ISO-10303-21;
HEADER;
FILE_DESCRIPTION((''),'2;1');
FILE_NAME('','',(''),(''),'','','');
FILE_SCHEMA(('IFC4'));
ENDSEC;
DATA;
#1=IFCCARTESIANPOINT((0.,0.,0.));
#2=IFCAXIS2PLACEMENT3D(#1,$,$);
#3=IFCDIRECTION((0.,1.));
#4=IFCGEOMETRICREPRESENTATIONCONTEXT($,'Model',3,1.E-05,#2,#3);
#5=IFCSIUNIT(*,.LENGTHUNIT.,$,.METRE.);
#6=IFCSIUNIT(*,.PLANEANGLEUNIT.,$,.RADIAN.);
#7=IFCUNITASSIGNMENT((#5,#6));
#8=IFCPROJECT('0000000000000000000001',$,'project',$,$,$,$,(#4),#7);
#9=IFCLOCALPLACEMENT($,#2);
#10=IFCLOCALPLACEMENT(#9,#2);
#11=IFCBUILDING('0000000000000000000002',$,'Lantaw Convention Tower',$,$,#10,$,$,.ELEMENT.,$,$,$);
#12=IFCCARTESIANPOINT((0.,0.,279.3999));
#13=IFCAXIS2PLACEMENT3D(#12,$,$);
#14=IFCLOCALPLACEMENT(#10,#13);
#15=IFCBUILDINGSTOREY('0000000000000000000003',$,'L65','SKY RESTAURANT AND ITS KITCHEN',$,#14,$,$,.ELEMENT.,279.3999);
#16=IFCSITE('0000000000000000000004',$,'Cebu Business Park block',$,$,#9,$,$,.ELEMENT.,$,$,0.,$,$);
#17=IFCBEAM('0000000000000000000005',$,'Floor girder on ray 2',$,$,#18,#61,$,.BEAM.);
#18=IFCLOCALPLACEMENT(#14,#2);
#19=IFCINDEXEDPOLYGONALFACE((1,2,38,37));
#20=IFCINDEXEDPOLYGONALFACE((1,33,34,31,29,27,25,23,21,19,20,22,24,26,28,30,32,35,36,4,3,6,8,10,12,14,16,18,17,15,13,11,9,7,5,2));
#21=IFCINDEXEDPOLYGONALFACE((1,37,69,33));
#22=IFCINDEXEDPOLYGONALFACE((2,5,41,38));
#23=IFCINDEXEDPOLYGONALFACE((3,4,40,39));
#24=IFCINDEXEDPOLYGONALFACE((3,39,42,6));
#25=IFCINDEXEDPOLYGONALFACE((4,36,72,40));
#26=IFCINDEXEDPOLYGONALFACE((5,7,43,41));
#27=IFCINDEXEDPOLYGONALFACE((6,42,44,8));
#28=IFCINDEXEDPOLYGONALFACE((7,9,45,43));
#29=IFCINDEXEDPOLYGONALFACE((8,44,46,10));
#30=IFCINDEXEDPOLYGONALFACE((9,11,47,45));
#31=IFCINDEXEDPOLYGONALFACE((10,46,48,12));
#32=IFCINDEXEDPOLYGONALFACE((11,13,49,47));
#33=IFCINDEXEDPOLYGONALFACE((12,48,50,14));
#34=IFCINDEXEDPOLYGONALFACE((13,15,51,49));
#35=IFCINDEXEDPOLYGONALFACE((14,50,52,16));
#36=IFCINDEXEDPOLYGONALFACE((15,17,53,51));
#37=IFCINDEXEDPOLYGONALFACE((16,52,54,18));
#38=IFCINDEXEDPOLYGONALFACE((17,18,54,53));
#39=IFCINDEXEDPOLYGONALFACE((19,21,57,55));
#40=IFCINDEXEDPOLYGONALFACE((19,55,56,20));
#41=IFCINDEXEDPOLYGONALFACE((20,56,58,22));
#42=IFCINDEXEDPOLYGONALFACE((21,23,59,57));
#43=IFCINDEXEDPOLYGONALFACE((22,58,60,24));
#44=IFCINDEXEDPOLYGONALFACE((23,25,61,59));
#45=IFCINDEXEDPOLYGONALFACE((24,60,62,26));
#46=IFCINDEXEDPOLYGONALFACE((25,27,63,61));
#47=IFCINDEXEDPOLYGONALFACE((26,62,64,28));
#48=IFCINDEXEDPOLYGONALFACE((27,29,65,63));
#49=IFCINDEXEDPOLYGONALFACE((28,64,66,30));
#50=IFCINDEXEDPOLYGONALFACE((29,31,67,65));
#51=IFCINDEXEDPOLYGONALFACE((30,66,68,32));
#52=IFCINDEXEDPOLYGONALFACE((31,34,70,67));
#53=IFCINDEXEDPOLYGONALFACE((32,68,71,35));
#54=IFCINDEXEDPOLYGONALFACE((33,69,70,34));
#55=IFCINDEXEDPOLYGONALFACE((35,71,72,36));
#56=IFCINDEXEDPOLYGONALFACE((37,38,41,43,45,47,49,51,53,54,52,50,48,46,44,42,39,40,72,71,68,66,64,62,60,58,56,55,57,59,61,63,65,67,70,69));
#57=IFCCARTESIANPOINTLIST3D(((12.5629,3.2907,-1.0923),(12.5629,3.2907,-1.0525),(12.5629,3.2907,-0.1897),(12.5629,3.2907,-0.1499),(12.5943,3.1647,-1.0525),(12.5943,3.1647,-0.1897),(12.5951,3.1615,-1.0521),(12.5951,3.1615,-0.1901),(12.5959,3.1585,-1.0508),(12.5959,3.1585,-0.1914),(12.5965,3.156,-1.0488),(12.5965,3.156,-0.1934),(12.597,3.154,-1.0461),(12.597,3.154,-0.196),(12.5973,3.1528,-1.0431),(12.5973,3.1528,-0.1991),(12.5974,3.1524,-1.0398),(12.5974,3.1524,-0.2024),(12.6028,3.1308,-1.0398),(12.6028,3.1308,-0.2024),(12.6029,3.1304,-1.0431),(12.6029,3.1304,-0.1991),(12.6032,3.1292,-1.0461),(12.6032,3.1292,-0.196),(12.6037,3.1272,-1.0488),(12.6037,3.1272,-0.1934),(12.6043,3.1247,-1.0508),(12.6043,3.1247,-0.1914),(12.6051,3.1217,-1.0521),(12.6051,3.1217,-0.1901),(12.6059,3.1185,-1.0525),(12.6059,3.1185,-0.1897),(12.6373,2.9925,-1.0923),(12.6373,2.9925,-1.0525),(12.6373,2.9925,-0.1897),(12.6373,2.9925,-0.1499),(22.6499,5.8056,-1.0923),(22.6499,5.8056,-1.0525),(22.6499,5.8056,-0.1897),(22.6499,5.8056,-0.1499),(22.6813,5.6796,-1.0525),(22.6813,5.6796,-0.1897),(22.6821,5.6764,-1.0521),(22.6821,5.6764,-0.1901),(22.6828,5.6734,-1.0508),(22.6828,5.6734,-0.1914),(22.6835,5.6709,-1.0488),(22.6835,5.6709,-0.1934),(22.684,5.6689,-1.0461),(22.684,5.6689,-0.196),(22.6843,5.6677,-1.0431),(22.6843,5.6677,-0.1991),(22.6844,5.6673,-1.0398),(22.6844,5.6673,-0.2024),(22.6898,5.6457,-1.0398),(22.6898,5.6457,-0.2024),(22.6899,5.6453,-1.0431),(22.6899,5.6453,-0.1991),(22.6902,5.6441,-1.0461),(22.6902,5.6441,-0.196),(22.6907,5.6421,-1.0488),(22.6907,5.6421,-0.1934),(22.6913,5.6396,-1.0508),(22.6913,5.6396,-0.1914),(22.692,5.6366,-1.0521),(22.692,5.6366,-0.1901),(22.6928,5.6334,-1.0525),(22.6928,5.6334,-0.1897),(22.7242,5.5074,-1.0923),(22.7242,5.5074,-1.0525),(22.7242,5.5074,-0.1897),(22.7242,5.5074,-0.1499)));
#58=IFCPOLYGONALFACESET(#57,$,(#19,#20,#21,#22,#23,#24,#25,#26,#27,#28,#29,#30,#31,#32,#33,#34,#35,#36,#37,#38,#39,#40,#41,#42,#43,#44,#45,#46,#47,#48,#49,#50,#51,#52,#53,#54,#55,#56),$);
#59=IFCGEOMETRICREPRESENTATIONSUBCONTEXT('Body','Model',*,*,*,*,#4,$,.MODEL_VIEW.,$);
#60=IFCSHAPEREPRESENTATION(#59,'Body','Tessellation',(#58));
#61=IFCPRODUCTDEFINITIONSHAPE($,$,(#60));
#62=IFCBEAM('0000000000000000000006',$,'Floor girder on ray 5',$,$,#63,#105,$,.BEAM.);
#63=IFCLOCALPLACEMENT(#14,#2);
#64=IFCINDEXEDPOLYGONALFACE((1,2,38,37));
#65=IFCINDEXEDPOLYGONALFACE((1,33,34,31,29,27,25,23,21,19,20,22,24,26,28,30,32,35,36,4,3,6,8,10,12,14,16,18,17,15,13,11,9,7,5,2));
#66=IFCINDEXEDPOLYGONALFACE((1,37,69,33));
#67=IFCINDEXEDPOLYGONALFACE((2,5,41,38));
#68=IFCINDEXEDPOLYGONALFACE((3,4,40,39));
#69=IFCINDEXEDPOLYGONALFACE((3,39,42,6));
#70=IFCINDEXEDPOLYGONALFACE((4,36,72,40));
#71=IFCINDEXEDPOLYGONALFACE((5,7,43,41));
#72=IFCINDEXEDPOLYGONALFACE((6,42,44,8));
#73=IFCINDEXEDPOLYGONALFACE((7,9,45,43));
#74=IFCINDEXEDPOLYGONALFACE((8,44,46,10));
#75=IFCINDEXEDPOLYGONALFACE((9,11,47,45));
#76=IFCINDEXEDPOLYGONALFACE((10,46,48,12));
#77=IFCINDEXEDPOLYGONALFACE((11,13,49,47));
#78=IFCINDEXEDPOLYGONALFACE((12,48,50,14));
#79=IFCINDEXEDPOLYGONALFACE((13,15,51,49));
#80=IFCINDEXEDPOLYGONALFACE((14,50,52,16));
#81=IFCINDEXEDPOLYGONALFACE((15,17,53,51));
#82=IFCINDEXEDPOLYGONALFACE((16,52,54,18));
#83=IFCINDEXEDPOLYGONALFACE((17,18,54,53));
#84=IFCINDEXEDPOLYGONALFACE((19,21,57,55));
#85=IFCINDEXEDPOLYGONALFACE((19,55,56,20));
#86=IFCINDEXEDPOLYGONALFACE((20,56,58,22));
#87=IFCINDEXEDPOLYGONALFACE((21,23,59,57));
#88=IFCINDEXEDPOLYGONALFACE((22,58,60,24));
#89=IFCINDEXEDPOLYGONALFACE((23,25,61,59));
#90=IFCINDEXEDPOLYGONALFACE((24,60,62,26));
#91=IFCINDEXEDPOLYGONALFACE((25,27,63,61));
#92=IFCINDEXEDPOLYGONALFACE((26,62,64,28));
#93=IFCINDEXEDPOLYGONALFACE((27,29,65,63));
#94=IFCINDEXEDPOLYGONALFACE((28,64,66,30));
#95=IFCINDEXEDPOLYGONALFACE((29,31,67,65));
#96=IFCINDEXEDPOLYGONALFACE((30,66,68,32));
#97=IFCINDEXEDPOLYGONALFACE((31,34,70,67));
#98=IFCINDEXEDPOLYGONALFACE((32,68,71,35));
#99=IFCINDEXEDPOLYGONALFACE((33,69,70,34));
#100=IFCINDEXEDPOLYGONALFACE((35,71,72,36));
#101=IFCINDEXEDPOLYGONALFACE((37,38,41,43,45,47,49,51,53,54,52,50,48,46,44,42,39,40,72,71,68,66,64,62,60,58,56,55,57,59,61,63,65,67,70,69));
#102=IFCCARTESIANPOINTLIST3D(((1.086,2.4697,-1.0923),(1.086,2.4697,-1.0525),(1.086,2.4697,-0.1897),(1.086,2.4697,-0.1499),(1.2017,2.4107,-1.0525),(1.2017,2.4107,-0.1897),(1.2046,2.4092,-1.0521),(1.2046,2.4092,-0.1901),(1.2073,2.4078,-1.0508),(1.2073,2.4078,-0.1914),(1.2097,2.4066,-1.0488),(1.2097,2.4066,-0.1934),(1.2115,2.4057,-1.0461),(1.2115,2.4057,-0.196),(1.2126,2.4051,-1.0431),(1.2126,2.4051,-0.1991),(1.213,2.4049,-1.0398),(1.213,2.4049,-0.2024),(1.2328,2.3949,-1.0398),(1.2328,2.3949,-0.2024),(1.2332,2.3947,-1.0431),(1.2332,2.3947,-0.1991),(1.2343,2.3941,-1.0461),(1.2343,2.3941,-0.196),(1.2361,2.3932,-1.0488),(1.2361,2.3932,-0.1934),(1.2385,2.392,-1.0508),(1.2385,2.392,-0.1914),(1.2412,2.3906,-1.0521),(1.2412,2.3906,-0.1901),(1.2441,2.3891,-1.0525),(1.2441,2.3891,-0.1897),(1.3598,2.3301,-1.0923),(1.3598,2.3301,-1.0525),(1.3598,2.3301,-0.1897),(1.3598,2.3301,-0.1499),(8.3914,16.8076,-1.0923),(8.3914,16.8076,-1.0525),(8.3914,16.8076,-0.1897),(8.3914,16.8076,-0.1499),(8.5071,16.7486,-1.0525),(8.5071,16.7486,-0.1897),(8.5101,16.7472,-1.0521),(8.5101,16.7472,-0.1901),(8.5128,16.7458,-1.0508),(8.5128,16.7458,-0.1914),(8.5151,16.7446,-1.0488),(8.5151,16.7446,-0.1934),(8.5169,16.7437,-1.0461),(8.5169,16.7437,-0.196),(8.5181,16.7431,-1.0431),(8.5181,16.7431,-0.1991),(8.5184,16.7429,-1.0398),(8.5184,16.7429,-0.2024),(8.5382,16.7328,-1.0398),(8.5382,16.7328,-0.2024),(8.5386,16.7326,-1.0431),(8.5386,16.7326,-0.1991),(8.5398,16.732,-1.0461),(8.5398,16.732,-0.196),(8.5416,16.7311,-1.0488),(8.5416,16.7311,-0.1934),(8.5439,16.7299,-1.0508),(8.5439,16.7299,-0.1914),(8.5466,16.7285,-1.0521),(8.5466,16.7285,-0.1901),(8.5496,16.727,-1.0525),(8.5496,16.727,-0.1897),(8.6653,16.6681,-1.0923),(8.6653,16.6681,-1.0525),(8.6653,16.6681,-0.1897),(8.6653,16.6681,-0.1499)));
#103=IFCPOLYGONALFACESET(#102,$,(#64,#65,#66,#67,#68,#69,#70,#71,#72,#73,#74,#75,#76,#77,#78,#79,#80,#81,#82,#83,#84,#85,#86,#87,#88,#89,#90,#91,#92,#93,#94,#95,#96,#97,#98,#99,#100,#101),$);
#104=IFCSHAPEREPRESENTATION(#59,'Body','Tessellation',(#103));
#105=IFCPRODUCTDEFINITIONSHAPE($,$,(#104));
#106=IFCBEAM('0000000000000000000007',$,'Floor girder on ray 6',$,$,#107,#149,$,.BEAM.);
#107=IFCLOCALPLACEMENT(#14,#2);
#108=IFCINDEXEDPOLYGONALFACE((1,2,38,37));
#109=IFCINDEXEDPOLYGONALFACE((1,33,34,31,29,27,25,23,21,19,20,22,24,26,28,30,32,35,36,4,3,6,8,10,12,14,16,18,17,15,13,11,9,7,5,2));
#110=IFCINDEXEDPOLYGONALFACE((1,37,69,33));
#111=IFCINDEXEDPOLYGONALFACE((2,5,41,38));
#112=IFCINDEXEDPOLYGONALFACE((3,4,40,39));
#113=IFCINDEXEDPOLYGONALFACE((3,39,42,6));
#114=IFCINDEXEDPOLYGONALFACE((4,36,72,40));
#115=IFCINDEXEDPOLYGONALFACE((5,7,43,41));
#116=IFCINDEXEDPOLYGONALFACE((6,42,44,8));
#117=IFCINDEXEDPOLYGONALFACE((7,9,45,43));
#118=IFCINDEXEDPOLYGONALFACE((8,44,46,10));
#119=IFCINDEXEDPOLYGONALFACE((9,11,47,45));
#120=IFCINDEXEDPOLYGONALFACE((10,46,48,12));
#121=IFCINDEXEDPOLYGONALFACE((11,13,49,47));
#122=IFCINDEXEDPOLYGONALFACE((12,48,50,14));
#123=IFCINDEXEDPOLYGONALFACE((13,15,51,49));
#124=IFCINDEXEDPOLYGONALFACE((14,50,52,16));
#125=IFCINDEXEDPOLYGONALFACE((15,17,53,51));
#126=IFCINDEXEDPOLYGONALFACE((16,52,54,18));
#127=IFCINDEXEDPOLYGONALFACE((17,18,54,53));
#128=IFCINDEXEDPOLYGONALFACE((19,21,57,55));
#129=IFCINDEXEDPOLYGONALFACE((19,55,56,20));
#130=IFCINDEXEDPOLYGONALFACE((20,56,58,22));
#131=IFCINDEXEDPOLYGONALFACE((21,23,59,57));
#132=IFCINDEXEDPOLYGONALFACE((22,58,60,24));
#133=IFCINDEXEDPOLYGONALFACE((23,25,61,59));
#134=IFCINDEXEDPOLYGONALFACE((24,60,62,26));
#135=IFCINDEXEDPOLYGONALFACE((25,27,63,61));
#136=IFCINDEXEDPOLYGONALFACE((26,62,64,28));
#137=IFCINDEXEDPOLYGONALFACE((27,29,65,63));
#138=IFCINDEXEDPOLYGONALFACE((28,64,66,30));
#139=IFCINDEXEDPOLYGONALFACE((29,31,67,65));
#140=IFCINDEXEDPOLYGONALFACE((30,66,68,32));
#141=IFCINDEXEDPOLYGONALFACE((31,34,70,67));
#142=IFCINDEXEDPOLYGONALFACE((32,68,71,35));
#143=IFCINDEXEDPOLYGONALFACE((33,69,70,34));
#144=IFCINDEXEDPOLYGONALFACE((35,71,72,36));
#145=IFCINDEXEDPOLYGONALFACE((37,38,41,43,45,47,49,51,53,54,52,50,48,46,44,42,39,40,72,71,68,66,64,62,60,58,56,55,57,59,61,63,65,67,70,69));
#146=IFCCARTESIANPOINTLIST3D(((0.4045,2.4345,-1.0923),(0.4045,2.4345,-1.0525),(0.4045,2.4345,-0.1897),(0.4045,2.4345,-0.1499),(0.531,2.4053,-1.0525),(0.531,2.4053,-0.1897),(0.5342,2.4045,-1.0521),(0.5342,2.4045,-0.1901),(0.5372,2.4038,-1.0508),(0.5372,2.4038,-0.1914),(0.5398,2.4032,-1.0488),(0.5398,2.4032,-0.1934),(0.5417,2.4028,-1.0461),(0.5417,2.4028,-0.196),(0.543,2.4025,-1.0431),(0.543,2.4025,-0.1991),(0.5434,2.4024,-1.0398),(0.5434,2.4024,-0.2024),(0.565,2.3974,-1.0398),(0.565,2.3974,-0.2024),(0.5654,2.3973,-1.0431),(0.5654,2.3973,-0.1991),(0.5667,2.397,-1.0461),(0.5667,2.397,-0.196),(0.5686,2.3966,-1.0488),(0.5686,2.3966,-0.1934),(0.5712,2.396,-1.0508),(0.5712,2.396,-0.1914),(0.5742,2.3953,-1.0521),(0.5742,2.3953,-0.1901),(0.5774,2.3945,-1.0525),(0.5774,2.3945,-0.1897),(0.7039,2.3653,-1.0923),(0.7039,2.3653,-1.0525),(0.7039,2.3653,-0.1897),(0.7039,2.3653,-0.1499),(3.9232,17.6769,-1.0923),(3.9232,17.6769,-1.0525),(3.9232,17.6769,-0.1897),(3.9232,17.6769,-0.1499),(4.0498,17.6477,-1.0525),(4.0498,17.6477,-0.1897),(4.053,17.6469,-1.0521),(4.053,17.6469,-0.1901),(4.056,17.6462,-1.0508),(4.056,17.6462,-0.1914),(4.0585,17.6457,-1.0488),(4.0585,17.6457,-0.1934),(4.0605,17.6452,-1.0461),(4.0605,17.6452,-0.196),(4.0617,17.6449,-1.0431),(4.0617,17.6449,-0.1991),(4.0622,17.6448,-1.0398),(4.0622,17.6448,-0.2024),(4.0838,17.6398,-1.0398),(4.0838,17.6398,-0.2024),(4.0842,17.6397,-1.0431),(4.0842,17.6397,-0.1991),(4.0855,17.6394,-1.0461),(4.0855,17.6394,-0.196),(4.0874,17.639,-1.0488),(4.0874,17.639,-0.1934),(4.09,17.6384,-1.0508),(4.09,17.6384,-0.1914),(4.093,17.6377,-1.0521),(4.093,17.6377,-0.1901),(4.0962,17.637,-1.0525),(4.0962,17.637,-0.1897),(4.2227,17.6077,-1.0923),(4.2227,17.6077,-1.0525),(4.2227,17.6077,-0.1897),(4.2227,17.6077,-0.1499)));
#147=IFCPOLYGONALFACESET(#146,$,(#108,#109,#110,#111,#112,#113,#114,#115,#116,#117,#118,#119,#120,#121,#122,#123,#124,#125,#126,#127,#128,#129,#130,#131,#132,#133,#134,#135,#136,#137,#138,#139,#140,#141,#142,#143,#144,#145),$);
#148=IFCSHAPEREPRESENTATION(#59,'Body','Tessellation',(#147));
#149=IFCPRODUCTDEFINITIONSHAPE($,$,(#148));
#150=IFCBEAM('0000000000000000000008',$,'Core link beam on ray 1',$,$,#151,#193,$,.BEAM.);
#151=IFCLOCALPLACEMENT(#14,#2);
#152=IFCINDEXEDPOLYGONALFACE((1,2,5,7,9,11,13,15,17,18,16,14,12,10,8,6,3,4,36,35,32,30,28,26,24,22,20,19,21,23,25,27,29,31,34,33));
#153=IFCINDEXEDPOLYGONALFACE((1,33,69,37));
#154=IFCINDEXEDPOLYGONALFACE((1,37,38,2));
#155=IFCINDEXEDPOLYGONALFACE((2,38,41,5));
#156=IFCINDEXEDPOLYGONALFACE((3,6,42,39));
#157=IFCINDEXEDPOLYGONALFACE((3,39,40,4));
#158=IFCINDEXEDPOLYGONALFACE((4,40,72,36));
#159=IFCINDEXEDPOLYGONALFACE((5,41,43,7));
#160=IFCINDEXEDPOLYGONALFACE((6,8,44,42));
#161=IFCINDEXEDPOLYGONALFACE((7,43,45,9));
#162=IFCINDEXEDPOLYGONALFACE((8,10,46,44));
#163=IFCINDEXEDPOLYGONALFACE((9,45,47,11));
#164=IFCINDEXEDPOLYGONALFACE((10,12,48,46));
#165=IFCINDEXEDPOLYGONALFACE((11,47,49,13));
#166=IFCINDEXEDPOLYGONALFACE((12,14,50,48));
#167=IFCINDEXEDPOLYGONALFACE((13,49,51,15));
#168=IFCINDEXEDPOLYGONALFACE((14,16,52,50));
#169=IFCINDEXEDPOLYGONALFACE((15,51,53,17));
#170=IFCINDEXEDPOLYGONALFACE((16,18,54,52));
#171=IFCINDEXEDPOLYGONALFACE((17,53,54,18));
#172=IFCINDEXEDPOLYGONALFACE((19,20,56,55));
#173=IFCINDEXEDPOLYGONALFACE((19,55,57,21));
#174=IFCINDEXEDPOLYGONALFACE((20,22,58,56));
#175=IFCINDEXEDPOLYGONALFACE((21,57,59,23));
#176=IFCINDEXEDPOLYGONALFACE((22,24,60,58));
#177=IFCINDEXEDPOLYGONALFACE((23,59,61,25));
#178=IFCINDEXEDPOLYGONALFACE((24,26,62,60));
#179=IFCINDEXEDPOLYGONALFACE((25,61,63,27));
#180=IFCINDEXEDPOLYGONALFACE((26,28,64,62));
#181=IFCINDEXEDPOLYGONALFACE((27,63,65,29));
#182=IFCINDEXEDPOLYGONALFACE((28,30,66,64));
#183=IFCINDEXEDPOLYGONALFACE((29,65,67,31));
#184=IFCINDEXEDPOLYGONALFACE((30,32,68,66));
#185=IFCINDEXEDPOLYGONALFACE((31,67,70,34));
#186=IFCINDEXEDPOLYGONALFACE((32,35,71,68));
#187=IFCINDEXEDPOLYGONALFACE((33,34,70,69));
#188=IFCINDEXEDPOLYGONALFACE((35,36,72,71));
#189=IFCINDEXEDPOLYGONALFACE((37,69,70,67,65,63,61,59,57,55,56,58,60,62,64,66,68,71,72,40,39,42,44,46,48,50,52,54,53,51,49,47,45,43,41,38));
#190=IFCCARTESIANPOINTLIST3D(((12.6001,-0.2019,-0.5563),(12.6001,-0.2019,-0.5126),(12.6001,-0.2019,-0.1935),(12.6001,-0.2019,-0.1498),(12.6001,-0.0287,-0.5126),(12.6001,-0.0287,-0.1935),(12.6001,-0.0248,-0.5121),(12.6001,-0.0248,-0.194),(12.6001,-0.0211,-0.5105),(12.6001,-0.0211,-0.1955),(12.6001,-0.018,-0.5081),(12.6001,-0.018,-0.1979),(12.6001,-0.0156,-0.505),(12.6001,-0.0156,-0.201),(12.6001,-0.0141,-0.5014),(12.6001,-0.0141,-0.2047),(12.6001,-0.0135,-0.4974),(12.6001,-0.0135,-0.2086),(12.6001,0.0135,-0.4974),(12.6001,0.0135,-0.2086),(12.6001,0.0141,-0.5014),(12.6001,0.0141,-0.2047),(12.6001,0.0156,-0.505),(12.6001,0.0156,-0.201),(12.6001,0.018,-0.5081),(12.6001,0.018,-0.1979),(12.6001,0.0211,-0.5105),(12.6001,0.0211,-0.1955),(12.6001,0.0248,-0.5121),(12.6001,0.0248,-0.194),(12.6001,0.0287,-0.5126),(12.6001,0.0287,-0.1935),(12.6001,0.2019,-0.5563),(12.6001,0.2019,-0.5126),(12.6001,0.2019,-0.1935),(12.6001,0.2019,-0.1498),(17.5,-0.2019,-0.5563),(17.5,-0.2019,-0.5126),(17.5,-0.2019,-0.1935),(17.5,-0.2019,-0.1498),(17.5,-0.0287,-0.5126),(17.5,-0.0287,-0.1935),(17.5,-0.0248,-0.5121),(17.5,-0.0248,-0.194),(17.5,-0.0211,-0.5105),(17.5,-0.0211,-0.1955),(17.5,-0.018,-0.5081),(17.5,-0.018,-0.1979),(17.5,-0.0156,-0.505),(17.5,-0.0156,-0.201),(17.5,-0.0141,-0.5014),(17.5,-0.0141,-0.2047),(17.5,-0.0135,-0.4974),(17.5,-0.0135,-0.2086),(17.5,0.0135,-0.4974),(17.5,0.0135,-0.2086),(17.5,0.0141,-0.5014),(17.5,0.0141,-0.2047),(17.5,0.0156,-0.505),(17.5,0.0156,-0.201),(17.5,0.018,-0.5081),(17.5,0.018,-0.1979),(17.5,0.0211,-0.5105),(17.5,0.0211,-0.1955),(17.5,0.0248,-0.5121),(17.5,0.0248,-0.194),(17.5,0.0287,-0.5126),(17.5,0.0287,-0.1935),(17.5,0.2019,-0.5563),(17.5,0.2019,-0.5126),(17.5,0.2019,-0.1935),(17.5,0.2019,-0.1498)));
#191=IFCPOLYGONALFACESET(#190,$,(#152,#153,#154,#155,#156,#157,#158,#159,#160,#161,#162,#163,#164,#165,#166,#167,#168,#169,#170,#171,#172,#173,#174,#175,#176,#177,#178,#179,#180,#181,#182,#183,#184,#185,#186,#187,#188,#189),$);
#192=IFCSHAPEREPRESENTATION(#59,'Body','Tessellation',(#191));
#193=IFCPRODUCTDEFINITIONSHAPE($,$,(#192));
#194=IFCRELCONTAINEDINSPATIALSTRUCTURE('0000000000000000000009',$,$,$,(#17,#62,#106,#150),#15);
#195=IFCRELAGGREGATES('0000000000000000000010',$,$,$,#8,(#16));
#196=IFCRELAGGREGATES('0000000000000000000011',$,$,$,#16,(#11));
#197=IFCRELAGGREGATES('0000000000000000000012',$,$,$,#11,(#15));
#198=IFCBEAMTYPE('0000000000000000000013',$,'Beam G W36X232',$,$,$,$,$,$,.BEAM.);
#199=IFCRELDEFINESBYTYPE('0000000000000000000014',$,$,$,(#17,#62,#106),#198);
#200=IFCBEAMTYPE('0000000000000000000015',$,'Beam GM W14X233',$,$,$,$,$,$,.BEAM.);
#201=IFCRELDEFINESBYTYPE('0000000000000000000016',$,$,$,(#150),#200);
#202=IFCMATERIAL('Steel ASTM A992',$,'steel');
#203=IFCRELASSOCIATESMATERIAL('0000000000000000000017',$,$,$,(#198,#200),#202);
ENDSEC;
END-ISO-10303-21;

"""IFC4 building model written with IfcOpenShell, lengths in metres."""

from ifc_helpers import new_model, si_unit, direction, frame, origin, origin_2d, place, context, subcontext, project, spatial, i_section, extrude, material, material_profile, profile_set, type_object, element, save


model = new_model("IFC4")

# Units and contexts
model_context = context("Model", 3, precision=1e-05, world=origin(), true_north=direction((0.0, 1.0)))
body_context = subcontext(model_context, "Body", "Model", "MODEL_VIEW")
ifc_project = project(units=[si_unit("LENGTHUNIT", "METRE"), si_unit("PLANEANGLEUNIT", "RADIAN")], contexts=[model_context])

# Site, building, storey
site_placement = place(None, origin())
site = spatial("IfcSite", under=ifc_project, at=site_placement, Name="Cebu Business Park block", CompositionType="ELEMENT", RefElevation=0.0)
building_placement = place(site_placement, origin())
building = spatial("IfcBuilding", under=site, at=building_placement, Name="Lantaw Convention Tower", CompositionType="ELEMENT")
storey_placement = place(building_placement, frame((0.0, 0.0, 279.3999)))
storey = spatial("IfcBuildingStorey", under=building, at=storey_placement, Name="L65", Description="SKY RESTAURANT AND ITS KITCHEN", CompositionType="ELEMENT", Elevation=279.3999)

# Beams
ifc_material_1 = material(Name="Steel ASTM A992", Category="steel")
ifc_material_profile_1 = material_profile(ifc_material_1, i_section(OverallWidth=0.3074, OverallDepth=0.9424, WebThickness=0.0222, FlangeThickness=0.0398, FilletRadius=0.0127, at=origin_2d()), Name="W36X232")
ifc_profile_set_1 = profile_set([ifc_material_profile_1], Name="Steel ASTM A992")
beam_type_1 = type_object("IfcBeamType", Name="Beam G W36X232", PredefinedType="BEAM", material=ifc_profile_set_1)
beam_1_placement = place(storey_placement, frame((12.6001, 3.1416, -0.6211), z_axis=(0.970297, 0.241917, 0.0), x_axis=(-0.241917, 0.970297, 0.0)))
element("IfcBeam", 1, at=beam_1_placement, inside=storey, type_object=beam_type_1, Name="Floor girder on ray 2", PredefinedType="BEAM", context=body_context, shape_type="SweptSolid", body=[
    extrude(i_section(OverallWidth=0.3074, OverallDepth=0.9424, WebThickness=0.0222, FlangeThickness=0.0398, FilletRadius=0.0127, at=origin_2d()), origin(), (0.0, 0.0, 1.0), 10.3958),
])
beam_2_placement = place(storey_placement, frame((1.2229, 2.3999, -0.6211), z_axis=(0.453986, 0.891009, 0.0), x_axis=(-0.891009, 0.453986, 0.0)))
element("IfcBeam", 2, at=beam_2_placement, inside=storey, type_object=beam_type_1, Name="Floor girder on ray 5", PredefinedType="BEAM", context=body_context, shape_type="SweptSolid", body=[
    extrude(i_section(OverallWidth=0.3074, OverallDepth=0.9424, WebThickness=0.0222, FlangeThickness=0.0398, FilletRadius=0.0127, at=origin_2d()), origin(), (0.0, 0.0, 1.0), 16.0918),
])
beam_3_placement = place(storey_placement, frame((0.5542, 2.3999, -0.6211), z_axis=(0.224939, 0.974373, 0.0), x_axis=(-0.974373, 0.224939, 0.0)))
element("IfcBeam", 3, at=beam_3_placement, inside=storey, type_object=beam_type_1, Name="Floor girder on ray 6", PredefinedType="BEAM", context=body_context, shape_type="SweptSolid", body=[
    extrude(i_section(OverallWidth=0.3074, OverallDepth=0.9424, WebThickness=0.0222, FlangeThickness=0.0398, FilletRadius=0.0127, at=origin_2d()), origin(), (0.0, 0.0, 1.0), 15.6433),
])
ifc_material_profile_2 = material_profile(ifc_material_1, i_section(OverallWidth=0.4038, OverallDepth=0.4065, WebThickness=0.0271, FlangeThickness=0.0437, FilletRadius=0.0151, at=origin_2d()), Name="W14X233")
ifc_profile_set_2 = profile_set([ifc_material_profile_2], Name="Steel ASTM A992")
beam_type_2 = type_object("IfcBeamType", Name="Beam GM W14X233", PredefinedType="BEAM", material=ifc_profile_set_2)
beam_4_placement = place(storey_placement, frame((12.6001, 0.0, -0.353), z_axis=(1.0, 0.0, 0.0), x_axis=(0.0, 1.0, 0.0)))
element("IfcBeam", 4, at=beam_4_placement, inside=storey, type_object=beam_type_2, Name="Core link beam on ray 1", PredefinedType="BEAM", context=body_context, shape_type="SweptSolid", body=[
    extrude(i_section(OverallWidth=0.4038, OverallDepth=0.4065, WebThickness=0.0271, FlangeThickness=0.0437, FilletRadius=0.0151, at=origin_2d()), origin(), (0.0, 0.0, 1.0), 4.8999),
])

save(model, "model.ifc")
